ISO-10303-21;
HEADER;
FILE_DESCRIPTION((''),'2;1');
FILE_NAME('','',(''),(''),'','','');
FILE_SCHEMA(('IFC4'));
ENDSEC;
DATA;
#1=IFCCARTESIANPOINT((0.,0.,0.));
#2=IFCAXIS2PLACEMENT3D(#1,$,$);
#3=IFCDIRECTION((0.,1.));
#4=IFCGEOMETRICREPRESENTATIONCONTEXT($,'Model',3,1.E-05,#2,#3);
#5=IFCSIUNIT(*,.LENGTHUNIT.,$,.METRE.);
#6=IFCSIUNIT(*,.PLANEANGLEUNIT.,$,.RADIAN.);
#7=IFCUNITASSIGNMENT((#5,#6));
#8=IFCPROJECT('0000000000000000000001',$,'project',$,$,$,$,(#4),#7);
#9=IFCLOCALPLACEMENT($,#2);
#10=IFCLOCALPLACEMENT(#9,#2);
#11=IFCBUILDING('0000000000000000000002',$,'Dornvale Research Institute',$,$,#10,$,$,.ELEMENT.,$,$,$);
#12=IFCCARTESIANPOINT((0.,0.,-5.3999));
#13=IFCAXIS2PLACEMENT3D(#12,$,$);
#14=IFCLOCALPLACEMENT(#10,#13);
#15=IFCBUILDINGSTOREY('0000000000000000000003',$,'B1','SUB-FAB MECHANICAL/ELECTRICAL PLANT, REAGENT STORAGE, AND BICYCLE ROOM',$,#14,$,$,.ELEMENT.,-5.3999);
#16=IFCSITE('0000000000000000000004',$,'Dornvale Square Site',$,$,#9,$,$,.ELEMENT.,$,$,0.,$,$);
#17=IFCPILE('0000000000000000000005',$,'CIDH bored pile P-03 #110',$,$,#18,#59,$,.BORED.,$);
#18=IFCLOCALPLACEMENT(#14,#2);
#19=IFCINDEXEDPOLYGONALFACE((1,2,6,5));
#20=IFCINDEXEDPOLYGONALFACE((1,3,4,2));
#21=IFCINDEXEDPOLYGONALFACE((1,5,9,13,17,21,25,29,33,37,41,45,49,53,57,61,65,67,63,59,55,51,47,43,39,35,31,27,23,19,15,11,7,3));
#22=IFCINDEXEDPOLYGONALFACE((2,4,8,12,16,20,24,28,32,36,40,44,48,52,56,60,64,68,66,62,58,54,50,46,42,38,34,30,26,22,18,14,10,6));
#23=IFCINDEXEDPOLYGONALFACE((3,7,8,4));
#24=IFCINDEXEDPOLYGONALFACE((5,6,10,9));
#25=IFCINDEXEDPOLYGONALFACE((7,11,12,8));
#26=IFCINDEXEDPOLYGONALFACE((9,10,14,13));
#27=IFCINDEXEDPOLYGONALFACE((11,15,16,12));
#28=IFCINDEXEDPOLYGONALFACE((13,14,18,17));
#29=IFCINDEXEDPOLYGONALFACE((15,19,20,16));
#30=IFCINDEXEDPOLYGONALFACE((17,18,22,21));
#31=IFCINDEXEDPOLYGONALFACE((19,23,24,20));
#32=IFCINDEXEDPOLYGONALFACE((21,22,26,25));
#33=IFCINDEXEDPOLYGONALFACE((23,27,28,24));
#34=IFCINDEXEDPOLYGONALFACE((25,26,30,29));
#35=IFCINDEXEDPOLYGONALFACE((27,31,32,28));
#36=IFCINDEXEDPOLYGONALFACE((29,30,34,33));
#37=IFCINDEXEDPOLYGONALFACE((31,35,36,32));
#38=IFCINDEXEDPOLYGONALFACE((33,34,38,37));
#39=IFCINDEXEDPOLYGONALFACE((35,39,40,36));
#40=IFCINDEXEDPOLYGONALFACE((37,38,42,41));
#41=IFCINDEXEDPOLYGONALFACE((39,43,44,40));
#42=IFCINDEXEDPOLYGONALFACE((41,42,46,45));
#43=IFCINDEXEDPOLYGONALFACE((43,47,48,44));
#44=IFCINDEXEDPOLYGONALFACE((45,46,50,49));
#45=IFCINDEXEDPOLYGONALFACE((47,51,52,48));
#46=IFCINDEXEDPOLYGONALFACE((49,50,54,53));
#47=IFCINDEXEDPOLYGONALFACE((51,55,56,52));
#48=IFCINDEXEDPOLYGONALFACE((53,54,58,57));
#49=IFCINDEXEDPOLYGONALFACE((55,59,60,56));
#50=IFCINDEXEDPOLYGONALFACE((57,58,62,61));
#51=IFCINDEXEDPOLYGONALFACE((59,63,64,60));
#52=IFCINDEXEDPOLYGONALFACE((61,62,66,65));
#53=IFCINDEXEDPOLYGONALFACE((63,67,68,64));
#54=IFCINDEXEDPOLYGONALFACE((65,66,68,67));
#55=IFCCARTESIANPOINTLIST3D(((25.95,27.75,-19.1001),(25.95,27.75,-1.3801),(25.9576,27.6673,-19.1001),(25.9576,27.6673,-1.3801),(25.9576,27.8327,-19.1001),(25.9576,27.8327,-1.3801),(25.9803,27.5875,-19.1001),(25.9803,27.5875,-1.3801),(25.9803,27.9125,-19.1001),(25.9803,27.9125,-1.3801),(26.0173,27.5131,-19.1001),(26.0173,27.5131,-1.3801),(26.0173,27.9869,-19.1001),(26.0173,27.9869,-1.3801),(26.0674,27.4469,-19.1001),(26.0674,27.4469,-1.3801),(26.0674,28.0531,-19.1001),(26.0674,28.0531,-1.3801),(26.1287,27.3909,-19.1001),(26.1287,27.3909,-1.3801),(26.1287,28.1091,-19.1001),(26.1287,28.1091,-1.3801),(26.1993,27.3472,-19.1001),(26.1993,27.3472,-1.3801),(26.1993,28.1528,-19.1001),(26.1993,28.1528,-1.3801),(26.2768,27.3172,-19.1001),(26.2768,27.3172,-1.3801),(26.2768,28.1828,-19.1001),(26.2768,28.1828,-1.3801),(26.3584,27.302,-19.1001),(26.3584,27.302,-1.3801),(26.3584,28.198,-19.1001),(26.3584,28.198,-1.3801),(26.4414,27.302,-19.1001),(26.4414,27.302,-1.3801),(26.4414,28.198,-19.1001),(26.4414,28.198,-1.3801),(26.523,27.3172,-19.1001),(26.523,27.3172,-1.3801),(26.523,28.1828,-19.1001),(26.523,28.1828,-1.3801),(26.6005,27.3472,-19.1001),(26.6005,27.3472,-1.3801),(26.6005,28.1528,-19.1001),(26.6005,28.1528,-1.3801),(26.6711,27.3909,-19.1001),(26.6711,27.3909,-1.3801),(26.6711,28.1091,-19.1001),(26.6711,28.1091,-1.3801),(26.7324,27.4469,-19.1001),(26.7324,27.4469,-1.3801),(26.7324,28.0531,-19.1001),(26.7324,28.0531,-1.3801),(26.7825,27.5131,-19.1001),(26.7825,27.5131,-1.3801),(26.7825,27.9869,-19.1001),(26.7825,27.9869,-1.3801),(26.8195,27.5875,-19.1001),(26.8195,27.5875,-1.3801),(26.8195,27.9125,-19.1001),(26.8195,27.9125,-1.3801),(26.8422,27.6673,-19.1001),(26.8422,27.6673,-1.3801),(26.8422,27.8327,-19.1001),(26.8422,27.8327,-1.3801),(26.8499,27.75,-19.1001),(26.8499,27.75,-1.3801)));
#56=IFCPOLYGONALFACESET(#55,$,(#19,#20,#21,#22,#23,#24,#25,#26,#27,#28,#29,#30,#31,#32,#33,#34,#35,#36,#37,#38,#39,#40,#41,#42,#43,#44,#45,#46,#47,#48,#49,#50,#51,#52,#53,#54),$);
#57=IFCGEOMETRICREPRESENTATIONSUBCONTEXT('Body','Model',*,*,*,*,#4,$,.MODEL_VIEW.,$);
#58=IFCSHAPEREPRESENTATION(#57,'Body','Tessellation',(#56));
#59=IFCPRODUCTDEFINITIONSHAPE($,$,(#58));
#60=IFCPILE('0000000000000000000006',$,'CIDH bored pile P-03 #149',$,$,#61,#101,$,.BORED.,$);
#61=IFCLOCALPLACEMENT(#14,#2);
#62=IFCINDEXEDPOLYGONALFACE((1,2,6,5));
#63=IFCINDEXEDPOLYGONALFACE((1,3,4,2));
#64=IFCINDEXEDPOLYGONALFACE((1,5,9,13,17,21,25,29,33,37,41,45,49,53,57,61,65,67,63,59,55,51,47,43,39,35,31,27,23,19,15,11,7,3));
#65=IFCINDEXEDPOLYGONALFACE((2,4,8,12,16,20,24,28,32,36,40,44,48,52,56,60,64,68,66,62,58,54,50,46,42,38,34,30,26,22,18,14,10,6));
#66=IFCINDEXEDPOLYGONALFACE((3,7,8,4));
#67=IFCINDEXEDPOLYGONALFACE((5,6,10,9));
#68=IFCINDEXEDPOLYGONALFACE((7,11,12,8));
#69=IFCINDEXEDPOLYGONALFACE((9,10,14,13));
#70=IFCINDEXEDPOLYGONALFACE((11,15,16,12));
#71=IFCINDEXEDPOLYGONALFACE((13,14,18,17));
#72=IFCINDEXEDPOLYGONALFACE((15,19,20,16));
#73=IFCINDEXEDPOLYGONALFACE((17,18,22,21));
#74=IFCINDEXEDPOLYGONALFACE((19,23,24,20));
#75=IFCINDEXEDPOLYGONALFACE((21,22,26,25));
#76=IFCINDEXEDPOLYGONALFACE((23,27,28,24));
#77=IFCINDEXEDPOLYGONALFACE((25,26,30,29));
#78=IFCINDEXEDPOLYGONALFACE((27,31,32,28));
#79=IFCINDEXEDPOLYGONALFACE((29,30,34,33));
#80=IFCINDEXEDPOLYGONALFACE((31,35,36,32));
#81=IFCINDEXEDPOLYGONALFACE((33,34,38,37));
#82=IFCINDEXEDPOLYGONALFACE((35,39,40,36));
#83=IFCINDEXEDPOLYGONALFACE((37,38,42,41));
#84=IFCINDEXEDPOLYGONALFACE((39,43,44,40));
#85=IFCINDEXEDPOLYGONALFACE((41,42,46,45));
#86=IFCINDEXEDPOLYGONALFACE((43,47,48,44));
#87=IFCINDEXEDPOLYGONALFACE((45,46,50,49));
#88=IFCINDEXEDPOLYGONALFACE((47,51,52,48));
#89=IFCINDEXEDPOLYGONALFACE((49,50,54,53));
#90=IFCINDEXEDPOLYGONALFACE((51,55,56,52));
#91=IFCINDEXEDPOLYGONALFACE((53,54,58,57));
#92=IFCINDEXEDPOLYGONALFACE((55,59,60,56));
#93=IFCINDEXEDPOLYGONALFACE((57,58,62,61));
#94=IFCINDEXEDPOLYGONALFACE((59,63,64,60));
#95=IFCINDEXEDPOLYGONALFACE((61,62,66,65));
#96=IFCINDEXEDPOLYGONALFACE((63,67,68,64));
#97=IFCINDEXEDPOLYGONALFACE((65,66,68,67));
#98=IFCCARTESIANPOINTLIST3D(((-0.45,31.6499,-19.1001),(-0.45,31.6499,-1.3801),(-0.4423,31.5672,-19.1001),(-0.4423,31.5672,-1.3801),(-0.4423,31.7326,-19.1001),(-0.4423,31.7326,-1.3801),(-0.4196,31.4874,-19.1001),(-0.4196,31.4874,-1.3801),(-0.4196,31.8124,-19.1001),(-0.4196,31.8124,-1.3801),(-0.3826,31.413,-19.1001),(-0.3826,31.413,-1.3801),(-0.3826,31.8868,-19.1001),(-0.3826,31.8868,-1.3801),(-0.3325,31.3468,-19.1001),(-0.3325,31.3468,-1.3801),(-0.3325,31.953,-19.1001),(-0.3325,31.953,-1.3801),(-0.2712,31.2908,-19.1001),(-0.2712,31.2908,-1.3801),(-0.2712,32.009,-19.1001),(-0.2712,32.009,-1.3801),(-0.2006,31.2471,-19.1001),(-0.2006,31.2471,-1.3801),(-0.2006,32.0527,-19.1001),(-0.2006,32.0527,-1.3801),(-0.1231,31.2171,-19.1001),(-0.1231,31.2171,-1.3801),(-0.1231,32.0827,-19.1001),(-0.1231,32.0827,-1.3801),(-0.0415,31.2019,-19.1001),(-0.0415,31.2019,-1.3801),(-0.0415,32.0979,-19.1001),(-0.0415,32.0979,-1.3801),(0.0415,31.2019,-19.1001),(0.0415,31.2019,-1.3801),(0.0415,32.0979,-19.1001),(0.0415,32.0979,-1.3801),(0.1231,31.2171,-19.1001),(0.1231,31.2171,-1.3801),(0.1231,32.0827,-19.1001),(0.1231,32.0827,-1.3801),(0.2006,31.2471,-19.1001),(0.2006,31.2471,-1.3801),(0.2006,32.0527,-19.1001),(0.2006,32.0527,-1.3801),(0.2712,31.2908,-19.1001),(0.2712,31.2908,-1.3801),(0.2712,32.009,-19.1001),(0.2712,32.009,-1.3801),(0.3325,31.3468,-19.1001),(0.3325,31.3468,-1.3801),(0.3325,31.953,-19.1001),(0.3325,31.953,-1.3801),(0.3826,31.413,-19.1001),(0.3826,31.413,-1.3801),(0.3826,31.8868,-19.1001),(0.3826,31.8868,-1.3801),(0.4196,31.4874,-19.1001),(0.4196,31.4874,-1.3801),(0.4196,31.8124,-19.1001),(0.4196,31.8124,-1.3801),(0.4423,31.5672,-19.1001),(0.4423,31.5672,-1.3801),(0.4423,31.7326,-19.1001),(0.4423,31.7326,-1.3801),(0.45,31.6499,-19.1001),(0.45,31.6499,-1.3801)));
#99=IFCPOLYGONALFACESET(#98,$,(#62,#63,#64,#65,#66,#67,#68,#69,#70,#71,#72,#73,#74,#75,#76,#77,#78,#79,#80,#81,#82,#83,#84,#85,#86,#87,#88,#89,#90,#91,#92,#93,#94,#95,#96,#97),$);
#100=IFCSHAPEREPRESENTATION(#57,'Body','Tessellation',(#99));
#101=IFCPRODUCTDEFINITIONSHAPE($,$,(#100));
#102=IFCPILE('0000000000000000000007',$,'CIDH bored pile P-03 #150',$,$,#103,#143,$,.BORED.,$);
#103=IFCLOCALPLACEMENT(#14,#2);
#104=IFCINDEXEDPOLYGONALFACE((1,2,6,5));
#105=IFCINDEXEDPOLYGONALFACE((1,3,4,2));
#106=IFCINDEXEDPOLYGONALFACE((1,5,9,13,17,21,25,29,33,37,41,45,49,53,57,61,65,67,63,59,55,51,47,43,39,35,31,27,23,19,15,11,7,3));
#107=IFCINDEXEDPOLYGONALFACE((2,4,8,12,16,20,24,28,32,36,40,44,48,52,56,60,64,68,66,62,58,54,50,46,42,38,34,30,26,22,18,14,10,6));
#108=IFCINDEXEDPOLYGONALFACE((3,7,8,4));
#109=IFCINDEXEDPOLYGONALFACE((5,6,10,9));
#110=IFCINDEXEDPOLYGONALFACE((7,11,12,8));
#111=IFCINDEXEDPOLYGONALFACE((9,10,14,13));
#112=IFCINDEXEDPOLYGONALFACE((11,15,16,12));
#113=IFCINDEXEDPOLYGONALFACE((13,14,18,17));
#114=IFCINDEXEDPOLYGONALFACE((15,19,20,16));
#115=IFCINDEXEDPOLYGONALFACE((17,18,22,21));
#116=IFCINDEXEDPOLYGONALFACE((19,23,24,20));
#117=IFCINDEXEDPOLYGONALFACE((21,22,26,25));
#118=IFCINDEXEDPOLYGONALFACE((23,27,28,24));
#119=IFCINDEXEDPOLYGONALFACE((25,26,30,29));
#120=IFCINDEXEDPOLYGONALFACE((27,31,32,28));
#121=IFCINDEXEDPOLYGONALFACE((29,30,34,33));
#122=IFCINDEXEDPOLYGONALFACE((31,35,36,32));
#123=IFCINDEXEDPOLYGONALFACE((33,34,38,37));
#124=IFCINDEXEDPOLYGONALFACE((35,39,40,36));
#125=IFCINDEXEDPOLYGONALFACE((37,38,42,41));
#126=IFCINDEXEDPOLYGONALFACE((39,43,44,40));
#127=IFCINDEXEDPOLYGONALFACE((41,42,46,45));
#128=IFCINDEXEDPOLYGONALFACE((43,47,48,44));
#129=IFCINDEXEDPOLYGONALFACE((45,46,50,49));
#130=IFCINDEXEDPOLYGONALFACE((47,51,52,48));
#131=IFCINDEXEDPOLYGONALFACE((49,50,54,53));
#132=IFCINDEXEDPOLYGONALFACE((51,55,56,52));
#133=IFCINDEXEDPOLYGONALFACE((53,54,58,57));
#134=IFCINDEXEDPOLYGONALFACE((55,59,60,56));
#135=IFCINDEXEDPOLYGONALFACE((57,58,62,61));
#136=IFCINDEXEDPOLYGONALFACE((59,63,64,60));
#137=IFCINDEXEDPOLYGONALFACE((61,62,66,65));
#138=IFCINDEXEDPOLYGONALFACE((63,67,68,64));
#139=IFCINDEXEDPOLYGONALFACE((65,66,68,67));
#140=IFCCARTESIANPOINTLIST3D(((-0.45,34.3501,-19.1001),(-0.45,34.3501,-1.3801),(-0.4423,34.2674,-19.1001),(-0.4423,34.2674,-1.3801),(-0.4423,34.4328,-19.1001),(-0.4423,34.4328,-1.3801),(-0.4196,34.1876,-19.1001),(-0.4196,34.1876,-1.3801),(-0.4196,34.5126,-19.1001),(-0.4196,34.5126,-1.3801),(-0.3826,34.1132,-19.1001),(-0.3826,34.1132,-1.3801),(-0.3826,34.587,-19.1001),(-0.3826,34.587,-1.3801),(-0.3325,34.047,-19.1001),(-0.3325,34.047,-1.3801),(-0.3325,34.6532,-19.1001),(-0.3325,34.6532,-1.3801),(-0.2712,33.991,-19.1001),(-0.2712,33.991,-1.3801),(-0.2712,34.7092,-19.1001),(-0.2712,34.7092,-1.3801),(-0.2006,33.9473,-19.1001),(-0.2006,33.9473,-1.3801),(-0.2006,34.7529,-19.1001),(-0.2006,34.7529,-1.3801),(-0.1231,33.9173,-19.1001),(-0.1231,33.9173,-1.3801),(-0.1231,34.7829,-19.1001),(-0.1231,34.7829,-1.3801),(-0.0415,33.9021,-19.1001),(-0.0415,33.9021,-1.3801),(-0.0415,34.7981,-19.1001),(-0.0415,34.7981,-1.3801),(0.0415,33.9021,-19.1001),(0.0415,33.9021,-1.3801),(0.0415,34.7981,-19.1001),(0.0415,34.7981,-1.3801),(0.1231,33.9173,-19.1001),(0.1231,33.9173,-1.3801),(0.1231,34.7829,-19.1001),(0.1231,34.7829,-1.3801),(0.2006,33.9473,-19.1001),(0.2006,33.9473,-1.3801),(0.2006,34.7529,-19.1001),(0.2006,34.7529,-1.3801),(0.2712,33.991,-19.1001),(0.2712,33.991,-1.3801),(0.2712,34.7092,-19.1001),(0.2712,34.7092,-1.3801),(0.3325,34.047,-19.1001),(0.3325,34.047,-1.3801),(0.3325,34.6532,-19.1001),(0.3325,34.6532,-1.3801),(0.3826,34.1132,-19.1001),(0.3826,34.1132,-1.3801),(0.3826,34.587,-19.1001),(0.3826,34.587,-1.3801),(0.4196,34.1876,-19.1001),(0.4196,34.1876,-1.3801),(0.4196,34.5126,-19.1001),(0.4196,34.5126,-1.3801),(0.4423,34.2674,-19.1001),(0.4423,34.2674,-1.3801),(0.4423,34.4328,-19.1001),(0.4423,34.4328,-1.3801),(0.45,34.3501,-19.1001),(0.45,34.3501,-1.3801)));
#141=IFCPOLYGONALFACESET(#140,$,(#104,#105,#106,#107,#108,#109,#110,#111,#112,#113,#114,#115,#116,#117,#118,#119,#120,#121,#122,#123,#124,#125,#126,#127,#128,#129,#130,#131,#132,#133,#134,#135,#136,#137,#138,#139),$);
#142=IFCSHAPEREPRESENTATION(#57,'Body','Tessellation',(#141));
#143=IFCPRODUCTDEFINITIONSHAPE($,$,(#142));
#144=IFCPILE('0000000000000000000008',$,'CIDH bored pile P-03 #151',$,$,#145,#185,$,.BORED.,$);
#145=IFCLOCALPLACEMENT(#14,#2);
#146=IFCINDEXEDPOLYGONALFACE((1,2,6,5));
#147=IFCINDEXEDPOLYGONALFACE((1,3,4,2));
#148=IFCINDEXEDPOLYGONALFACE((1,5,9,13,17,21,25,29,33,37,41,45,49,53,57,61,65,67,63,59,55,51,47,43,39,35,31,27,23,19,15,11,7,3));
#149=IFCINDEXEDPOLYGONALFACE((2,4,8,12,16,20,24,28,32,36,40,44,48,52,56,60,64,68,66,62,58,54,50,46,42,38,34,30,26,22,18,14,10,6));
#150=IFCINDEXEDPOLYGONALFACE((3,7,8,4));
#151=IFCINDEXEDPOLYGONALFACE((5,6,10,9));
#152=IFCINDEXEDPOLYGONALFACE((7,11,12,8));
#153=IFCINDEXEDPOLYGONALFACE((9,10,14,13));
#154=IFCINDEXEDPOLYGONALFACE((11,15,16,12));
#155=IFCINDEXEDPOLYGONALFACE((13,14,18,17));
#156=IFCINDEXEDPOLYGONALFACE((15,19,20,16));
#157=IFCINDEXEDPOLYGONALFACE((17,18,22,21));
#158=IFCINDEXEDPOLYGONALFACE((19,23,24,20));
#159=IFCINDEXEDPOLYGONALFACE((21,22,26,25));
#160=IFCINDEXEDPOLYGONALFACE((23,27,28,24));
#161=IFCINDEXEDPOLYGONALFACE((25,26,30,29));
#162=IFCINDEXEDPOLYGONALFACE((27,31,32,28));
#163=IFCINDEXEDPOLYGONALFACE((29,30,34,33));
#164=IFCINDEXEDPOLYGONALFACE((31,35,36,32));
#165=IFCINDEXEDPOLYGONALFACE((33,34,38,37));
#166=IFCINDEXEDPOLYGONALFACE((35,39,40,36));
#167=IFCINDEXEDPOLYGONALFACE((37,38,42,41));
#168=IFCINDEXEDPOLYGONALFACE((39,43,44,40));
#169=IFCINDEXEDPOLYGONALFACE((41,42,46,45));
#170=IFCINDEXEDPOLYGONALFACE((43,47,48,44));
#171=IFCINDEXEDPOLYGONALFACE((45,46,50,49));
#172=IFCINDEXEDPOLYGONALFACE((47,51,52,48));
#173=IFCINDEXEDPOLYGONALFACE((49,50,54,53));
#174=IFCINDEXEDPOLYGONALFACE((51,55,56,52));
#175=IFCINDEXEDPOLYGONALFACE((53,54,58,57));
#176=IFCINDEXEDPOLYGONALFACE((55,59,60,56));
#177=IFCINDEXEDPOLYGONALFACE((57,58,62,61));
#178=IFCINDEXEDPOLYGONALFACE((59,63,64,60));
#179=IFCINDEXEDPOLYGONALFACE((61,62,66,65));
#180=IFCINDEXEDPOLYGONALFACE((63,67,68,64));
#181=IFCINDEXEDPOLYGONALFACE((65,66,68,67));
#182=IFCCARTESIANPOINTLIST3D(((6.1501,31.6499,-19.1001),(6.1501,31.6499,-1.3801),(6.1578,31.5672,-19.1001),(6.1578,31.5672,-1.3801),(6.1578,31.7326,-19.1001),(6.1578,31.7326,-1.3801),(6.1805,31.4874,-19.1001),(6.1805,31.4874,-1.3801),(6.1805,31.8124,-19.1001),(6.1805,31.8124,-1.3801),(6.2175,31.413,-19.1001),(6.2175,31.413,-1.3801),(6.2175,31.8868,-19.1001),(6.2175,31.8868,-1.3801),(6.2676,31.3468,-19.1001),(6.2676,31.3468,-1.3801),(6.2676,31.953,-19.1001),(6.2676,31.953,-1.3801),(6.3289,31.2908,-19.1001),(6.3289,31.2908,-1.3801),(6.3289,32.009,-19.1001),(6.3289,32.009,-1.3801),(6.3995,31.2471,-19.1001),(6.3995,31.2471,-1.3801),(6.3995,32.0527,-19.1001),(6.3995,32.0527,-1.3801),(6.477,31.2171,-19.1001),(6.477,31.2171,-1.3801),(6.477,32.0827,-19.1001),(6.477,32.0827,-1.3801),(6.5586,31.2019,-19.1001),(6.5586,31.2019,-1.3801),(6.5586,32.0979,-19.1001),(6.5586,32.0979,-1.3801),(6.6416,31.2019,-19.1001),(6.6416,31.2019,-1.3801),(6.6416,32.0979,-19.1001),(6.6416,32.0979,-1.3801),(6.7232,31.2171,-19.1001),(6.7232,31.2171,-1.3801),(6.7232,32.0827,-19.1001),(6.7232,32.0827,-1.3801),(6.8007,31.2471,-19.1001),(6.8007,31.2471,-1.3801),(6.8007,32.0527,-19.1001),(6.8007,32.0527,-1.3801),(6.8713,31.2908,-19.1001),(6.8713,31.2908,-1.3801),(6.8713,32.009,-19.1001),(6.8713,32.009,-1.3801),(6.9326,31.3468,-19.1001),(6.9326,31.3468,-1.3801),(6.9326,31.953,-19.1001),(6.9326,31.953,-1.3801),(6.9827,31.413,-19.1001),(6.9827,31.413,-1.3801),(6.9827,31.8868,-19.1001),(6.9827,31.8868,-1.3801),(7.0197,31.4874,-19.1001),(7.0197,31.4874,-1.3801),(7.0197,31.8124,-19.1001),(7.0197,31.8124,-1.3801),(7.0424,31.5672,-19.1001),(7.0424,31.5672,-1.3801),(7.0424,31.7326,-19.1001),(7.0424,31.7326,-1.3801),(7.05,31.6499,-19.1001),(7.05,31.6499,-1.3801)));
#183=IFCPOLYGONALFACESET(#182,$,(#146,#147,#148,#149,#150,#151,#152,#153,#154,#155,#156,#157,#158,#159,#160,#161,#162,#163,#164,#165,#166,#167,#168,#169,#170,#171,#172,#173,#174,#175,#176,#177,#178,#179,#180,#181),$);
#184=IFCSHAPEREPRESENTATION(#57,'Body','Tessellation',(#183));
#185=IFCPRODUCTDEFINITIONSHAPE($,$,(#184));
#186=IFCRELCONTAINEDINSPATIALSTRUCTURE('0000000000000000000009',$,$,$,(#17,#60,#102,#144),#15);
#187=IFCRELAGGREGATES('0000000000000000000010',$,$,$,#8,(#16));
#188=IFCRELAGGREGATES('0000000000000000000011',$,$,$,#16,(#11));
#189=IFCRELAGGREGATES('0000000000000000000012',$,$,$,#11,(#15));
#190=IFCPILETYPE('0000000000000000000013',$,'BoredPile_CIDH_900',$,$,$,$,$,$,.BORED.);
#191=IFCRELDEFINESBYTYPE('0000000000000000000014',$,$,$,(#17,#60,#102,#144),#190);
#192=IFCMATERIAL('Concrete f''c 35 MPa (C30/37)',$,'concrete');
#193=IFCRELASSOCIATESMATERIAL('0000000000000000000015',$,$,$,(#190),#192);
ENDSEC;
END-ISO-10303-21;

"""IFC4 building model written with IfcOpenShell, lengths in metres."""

from ifc_helpers import new_model, si_unit, direction, frame, origin, origin_2d, place, context, subcontext, project, spatial, circle, extrude, material, material_profile, profile_set, type_object, element, save


model = new_model("IFC4")

# Units and contexts
model_context = context("Model", 3, precision=1e-05, world=origin(), true_north=direction((0.0, 1.0)))
body_context = subcontext(model_context, "Body", "Model", "MODEL_VIEW")
ifc_project = project(units=[si_unit("LENGTHUNIT", "METRE"), si_unit("PLANEANGLEUNIT", "RADIAN")], contexts=[model_context])

# Site, building, storey
site_placement = place(None, origin())
site = spatial("IfcSite", under=ifc_project, at=site_placement, Name="Dornvale Square Site", CompositionType="ELEMENT", RefElevation=0.0)
building_placement = place(site_placement, origin())
building = spatial("IfcBuilding", under=site, at=building_placement, Name="Dornvale Research Institute", CompositionType="ELEMENT")
storey_placement = place(building_placement, frame((0.0, 0.0, -5.3999)))
storey = spatial("IfcBuildingStorey", under=building, at=storey_placement, Name="B1", Description="SUB-FAB MECHANICAL/ELECTRICAL PLANT, REAGENT STORAGE, AND BICYCLE ROOM", CompositionType="ELEMENT", Elevation=-5.3999)

# Piles
ifc_material_1 = material(Name="Concrete f'c 35 MPa (C30/37)", Category="concrete")
ifc_material_profile_1 = material_profile(ifc_material_1, circle(Radius=0.45, at=origin_2d()), Name="CIDH PILE D900")
ifc_profile_set_1 = profile_set([ifc_material_profile_1], Name="Concrete f'c 35 MPa (C30/37)")
pile_type = type_object("IfcPileType", Name="BoredPile_CIDH_900", PredefinedType="BORED", material=ifc_profile_set_1)
for number, where, z_axis, x_axis, name in (
    (1, (26.3999, 27.75, -1.3801), (0.0, 0.0, -1.0), (1.0, 0.0, 0.0), "CIDH bored pile P-03 #110"),
    (2, (0.0, 31.6499, -1.3801), (0.0, 0.0, -1.0), (1.0, 0.0, 0.0), "CIDH bored pile P-03 #149"),
    (3, (0.0, 34.3501, -1.3801), (0.0, 0.0, -1.0), (1.0, 0.0, 0.0), "CIDH bored pile P-03 #150"),
    (4, (6.6001, 31.6499, -1.3801), (0.0, 0.0, -1.0), (1.0, 0.0, 0.0), "CIDH bored pile P-03 #151"),
):
    element("IfcPile", number, at=place(storey_placement, frame(where, z_axis=z_axis, x_axis=x_axis)), inside=storey, type_object=pile_type, Name=name, PredefinedType="BORED", context=body_context, shape_type="SweptSolid", body=[
        extrude(circle(Radius=0.45, at=origin_2d()), origin(), (0.0, 0.0, 1.0), 17.72),
    ])

save(model, "model.ifc")
